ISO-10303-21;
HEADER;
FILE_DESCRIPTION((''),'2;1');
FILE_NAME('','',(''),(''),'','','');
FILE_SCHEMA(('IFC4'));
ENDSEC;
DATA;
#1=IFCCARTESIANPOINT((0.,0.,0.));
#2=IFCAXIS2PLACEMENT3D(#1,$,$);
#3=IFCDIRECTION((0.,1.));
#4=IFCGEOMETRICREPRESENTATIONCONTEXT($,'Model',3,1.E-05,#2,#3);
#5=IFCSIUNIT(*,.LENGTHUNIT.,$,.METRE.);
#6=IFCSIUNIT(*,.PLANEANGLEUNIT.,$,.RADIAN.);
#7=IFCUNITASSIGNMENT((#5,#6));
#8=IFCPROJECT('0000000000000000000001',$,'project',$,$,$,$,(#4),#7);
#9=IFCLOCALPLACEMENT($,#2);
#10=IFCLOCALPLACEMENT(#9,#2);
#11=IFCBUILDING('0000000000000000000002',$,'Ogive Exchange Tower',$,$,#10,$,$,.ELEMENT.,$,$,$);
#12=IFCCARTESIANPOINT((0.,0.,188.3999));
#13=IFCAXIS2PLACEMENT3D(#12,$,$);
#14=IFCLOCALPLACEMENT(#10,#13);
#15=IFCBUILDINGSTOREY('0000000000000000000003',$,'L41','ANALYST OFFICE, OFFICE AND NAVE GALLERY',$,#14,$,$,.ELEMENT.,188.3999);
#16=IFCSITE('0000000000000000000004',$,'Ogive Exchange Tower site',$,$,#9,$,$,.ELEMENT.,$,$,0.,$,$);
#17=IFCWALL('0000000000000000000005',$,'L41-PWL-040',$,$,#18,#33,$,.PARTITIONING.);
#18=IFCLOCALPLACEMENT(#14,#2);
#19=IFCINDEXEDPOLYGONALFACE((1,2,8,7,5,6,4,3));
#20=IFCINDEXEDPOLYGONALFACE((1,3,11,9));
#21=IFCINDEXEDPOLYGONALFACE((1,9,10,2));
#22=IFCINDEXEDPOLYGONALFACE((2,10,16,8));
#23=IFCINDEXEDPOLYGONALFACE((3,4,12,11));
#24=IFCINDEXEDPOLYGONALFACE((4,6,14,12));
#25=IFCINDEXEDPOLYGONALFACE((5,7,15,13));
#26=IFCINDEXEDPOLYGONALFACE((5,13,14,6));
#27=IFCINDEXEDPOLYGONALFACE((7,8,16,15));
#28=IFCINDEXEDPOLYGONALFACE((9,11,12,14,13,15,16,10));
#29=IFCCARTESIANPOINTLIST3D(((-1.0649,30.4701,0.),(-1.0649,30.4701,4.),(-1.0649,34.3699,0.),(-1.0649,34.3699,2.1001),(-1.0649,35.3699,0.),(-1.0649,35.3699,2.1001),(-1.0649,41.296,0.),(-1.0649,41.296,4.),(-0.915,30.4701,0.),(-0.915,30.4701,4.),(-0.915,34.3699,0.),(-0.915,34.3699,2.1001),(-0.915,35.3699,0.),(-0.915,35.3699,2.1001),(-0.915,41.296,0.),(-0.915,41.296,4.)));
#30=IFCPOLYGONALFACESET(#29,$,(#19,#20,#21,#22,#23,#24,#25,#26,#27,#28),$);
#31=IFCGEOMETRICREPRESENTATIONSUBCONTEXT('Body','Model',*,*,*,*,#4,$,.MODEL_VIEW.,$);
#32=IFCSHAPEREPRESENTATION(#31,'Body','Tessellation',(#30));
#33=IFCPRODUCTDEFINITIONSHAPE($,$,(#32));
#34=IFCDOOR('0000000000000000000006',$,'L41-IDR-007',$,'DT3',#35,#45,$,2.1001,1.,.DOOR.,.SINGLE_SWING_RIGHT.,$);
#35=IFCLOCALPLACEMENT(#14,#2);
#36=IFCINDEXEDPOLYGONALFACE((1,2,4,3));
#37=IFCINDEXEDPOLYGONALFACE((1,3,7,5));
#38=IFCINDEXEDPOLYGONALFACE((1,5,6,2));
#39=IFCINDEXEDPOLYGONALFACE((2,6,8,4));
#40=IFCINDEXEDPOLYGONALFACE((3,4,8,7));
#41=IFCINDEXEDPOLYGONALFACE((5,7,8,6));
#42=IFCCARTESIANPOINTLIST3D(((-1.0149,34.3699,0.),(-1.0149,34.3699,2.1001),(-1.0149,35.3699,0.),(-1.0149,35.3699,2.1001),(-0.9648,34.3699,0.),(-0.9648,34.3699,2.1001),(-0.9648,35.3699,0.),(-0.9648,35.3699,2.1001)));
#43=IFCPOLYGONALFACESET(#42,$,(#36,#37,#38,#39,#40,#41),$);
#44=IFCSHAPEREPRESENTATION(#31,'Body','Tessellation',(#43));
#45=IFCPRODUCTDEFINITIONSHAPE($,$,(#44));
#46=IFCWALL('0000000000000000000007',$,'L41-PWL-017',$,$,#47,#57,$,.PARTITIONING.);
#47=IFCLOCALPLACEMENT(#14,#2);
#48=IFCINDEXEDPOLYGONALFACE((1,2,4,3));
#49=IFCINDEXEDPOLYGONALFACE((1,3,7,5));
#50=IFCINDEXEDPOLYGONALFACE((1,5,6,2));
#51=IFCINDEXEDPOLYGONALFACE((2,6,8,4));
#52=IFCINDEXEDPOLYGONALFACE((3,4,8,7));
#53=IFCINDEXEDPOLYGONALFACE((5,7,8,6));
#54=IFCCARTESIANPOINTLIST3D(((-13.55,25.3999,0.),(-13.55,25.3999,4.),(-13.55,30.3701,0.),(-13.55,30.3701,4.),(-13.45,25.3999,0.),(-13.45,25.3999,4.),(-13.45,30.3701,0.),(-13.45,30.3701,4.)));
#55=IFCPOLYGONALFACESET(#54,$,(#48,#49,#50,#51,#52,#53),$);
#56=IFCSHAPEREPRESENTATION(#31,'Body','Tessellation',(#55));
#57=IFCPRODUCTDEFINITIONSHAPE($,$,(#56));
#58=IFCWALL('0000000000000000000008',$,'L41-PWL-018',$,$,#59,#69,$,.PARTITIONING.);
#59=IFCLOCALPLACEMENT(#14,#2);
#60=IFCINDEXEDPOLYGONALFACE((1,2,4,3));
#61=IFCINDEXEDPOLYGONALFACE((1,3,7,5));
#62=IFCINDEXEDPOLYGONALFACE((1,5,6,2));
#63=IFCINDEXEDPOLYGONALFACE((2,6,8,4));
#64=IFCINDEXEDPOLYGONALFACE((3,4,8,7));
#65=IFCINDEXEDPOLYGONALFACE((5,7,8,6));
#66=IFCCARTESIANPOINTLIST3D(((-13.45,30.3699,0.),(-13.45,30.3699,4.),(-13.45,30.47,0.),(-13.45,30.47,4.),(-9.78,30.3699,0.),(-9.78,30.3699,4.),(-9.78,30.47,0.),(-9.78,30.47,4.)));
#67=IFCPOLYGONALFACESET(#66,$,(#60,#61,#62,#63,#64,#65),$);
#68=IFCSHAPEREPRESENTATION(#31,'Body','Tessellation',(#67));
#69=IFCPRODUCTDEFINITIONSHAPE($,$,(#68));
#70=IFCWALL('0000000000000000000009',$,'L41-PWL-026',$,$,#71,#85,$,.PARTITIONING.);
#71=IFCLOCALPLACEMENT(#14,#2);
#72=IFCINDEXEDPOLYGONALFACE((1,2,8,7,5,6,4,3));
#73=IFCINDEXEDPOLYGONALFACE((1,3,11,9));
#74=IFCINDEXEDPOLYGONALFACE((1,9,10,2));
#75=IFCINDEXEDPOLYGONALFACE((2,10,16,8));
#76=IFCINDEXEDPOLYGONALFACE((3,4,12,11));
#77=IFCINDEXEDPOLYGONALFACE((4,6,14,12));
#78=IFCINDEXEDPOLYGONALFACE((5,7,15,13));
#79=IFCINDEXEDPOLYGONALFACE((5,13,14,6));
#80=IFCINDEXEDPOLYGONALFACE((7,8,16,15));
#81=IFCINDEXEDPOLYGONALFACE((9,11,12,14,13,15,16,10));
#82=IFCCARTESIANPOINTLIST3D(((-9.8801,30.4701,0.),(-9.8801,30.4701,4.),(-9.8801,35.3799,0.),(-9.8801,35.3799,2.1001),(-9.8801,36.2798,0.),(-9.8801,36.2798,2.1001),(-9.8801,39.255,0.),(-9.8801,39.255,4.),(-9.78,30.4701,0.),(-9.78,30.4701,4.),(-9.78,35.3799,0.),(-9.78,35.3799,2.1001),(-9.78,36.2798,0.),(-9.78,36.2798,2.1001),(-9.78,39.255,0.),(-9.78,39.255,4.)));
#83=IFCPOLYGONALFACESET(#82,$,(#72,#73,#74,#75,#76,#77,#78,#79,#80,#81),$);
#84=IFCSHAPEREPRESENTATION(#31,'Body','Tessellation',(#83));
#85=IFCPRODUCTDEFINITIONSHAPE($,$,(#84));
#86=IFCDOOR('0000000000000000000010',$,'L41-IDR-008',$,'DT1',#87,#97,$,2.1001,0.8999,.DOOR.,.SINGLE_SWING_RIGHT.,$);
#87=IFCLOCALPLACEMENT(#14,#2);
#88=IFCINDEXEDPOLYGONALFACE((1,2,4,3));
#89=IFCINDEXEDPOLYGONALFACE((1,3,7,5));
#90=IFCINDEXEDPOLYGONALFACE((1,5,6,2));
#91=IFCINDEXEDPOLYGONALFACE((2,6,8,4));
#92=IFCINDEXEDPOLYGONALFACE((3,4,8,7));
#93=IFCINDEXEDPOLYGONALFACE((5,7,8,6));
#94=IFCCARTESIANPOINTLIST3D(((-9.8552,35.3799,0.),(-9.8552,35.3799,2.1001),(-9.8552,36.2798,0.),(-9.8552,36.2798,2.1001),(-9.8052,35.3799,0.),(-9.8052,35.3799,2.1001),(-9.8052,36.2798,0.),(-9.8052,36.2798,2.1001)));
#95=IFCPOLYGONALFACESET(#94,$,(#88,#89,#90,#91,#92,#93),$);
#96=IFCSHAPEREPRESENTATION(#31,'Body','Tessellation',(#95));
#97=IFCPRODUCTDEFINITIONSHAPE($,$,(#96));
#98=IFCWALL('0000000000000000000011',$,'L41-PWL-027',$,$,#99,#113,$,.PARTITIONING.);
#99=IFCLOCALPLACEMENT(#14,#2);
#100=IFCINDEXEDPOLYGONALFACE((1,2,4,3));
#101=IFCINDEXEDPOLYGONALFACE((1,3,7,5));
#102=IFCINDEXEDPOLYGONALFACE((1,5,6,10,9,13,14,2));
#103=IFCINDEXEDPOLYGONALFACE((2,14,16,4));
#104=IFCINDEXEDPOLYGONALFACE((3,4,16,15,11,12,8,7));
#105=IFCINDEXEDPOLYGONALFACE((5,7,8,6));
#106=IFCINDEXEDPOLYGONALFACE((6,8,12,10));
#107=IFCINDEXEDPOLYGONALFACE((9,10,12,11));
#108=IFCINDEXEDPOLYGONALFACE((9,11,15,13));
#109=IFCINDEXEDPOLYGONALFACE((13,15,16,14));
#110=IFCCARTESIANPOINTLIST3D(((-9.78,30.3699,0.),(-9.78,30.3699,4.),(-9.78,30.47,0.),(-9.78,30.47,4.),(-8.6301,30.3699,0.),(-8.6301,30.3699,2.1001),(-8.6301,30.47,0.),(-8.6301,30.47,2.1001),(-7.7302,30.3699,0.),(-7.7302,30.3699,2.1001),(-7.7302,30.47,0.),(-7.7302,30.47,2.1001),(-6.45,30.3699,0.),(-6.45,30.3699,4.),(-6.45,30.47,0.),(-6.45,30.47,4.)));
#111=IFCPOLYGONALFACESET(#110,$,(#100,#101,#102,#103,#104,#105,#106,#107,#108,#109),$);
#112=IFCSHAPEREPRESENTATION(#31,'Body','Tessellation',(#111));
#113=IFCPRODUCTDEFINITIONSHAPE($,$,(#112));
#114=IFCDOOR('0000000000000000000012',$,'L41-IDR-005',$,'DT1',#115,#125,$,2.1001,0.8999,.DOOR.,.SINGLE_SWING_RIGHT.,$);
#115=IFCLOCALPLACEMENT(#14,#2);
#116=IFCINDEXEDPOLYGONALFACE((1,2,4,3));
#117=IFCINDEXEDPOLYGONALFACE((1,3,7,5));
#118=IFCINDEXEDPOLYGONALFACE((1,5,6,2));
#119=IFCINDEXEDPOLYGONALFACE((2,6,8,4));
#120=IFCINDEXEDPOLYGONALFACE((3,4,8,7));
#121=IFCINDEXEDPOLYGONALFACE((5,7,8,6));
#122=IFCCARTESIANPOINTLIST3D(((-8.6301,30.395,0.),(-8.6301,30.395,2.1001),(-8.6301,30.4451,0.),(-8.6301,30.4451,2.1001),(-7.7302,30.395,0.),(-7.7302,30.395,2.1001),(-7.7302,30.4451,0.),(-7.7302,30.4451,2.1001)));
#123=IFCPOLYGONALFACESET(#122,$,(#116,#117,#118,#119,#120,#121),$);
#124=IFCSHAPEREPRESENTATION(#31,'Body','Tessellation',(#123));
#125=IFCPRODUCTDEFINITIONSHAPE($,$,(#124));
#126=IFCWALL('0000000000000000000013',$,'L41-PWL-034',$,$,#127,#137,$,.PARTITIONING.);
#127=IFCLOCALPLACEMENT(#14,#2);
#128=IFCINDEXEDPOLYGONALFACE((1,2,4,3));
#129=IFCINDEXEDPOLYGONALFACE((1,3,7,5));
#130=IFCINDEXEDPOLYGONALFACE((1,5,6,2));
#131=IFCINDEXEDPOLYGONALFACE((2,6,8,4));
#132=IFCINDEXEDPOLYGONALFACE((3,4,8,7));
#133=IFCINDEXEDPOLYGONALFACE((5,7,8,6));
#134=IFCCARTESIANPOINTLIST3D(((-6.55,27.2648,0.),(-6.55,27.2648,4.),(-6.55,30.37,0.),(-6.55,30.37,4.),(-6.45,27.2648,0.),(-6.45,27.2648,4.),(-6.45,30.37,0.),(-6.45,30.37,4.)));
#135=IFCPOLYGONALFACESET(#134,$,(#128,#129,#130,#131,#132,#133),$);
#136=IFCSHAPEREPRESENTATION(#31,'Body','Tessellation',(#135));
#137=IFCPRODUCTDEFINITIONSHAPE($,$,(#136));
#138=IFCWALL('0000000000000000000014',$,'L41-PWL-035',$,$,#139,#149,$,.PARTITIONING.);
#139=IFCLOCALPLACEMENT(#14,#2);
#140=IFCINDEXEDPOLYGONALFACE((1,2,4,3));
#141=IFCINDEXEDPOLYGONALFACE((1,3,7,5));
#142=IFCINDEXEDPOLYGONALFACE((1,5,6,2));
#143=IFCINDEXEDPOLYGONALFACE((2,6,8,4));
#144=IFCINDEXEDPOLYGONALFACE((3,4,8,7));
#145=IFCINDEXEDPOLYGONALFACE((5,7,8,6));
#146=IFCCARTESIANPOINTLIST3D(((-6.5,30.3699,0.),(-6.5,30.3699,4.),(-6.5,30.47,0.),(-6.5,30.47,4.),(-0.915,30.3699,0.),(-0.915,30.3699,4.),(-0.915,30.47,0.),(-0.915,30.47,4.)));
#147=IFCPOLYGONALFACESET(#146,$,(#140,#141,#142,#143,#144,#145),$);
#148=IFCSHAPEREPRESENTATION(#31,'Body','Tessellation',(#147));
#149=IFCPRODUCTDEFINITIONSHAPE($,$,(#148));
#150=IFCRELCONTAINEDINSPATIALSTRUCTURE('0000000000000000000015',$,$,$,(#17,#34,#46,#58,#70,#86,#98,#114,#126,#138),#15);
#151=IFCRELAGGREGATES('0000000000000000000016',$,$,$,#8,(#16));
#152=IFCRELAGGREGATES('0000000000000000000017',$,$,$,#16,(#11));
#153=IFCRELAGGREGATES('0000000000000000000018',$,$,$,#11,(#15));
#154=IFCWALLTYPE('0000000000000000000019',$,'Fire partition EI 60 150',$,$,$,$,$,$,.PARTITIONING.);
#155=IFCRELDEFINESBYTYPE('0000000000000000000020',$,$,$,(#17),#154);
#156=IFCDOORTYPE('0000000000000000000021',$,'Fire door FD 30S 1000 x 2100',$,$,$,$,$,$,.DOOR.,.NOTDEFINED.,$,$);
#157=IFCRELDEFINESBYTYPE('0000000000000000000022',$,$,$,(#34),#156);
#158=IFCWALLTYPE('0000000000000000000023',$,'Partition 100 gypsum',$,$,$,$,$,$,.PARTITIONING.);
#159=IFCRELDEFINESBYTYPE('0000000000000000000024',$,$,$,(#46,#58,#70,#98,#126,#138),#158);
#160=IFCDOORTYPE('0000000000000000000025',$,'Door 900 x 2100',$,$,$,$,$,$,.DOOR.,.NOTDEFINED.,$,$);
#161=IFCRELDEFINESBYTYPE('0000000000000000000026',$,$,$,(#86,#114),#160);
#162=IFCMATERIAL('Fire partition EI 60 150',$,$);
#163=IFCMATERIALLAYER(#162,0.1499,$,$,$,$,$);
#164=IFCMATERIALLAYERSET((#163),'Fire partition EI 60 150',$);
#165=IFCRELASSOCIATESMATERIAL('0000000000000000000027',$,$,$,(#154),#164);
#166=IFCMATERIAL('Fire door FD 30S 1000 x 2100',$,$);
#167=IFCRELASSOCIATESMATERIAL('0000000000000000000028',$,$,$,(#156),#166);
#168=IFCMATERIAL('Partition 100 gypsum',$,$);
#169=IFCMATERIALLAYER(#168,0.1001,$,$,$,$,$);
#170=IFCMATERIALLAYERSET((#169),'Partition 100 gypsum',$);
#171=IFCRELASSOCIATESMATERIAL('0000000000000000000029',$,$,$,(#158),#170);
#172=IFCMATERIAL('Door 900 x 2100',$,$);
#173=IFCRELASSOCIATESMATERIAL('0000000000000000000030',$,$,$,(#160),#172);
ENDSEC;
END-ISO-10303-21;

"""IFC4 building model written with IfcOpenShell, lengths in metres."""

from ifc_helpers import new_model, si_unit, direction, frame, frame_2d, origin, place, context, subcontext, project, spatial, rectangle, extrude, material, layer, layer_set, type_object, element, fill, save


model = new_model("IFC4")

# Units and contexts
model_context = context("Model", 3, precision=1e-05, world=origin(), true_north=direction((0.0, 1.0)))
body_context = subcontext(model_context, "Body", "Model", "MODEL_VIEW")
ifc_project = project(units=[si_unit("LENGTHUNIT", "METRE"), si_unit("PLANEANGLEUNIT", "RADIAN")], contexts=[model_context])

# Site, building, storey
site_placement = place(None, origin())
site = spatial("IfcSite", under=ifc_project, at=site_placement, Name="Ogive Exchange Tower site", CompositionType="ELEMENT", RefElevation=0.0)
building_placement = place(site_placement, origin())
building = spatial("IfcBuilding", under=site, at=building_placement, Name="Ogive Exchange Tower", CompositionType="ELEMENT")
storey_placement = place(building_placement, frame((0.0, 0.0, 188.3999)))
storey = spatial("IfcBuildingStorey", under=building, at=storey_placement, Name="L41", Description="ANALYST OFFICE, OFFICE AND NAVE GALLERY", CompositionType="ELEMENT", Elevation=188.3999)

# Shared definitions
ifc_material_1 = material(Name="Fire partition EI 60 150")
ifc_layer_1 = layer(ifc_material_1, 0.1499)
ifc_layer_set_1 = layer_set([ifc_layer_1], Name="Fire partition EI 60 150")
wall_type_1 = type_object("IfcWallType", Name="Fire partition EI 60 150", PredefinedType="PARTITIONING", material=ifc_layer_set_1)

# Wall, opening, door
wall_1_placement = place(storey_placement, frame((-0.99, 30.47, 0.0), z_axis=(0.0, 0.0, 1.0), x_axis=(0.0, 1.0, 0.0)))
wall_1 = element("IfcWall", 1, at=wall_1_placement, inside=storey, type_object=wall_type_1, Name="L41-PWL-040", PredefinedType="PARTITIONING", context=body_context, shape_type="SweptSolid", body=[
    extrude(rectangle(XDim=10.8259, YDim=0.1499, at=frame_2d((5.4131, 0.0))), origin(), (0.0, 0.0, 1.0), 4.0),
])
opening_1_placement = place(wall_1_placement, frame((3.8999, 0.0, 0.0)))
opening_1 = element("IfcOpeningElement", 2, at=opening_1_placement, cuts=wall_1, PredefinedType="OPENING", context=body_context, shape_type="SweptSolid", body=[
    extrude(rectangle(XDim=1.0, YDim=2.1001, at=frame_2d((0.5, 1.05))), frame((0.0, 0.085, 0.0), z_axis=(0.0, -1.0, 0.0), x_axis=(1.0, 0.0, 0.0)), (0.0, 0.0, 1.0), 0.1699),
])
ifc_material_2 = material(Name="Fire door FD 30S 1000 x 2100")
door_type_1 = type_object("IfcDoorType", Name="Fire door FD 30S 1000 x 2100", OperationType="NOTDEFINED", PredefinedType="DOOR", material=ifc_material_2)
door_1_placement = place(opening_1_placement, origin())
door_1 = element("IfcDoor", 3, at=door_1_placement, inside=storey, type_object=door_type_1, Name="L41-IDR-007", ObjectType="DT3", OperationType="SINGLE_SWING_RIGHT", OverallHeight=2.1001, OverallWidth=1.0, PredefinedType="DOOR", context=body_context, shape_type="SweptSolid", body=[
    extrude(rectangle(XDim=1.0, YDim=2.1001, at=frame_2d((0.5, 1.05))), frame((0.0, 0.0249, 0.0), z_axis=(0.0, -1.0, 0.0), x_axis=(1.0, 0.0, 0.0)), (0.0, 0.0, 1.0), 0.05),
])
fill(opening_1, door_1)

# Walls
ifc_material_3 = material(Name="Partition 100 gypsum")
ifc_layer_2 = layer(ifc_material_3, 0.1001)
ifc_layer_set_2 = layer_set([ifc_layer_2], Name="Partition 100 gypsum")
wall_type_2 = type_object("IfcWallType", Name="Partition 100 gypsum", PredefinedType="PARTITIONING", material=ifc_layer_set_2)
wall_2_placement = place(storey_placement, frame((-13.5, 30.3701, 0.0), z_axis=(0.0, 0.0, 1.0), x_axis=(0.0, -1.0, 0.0)))
element("IfcWall", 4, at=wall_2_placement, inside=storey, type_object=wall_type_2, Name="L41-PWL-017", PredefinedType="PARTITIONING", context=body_context, shape_type="SweptSolid", body=[
    extrude(rectangle(XDim=4.9702, YDim=0.1001, at=frame_2d((2.4851, 0.0))), origin(), (0.0, 0.0, 1.0), 4.0),
])
wall_3_placement = place(storey_placement, frame((-13.45, 30.4199, 0.0), z_axis=(0.0, 0.0, 1.0), x_axis=(1.0, 0.0, 0.0)))
element("IfcWall", 5, at=wall_3_placement, inside=storey, type_object=wall_type_2, Name="L41-PWL-018", PredefinedType="PARTITIONING", context=body_context, shape_type="SweptSolid", body=[
    extrude(rectangle(XDim=3.6699, YDim=0.1001, at=frame_2d((1.835, 0.0))), origin(), (0.0, 0.0, 1.0), 4.0),
])

# Walls, openings, doors
wall_4_placement = place(storey_placement, frame((-9.8301, 30.47, 0.0), z_axis=(0.0, 0.0, 1.0), x_axis=(0.0, 1.0, 0.0)))
wall_4 = element("IfcWall", 6, at=wall_4_placement, inside=storey, type_object=wall_type_2, Name="L41-PWL-026", PredefinedType="PARTITIONING", context=body_context, shape_type="SweptSolid", body=[
    extrude(rectangle(XDim=8.7849, YDim=0.1001, at=frame_2d((4.3926, 0.0))), origin(), (0.0, 0.0, 1.0), 4.0),
])
opening_2_placement = place(wall_4_placement, frame((4.9099, 0.0, 0.0)))
opening_2 = element("IfcOpeningElement", 7, at=opening_2_placement, cuts=wall_4, PredefinedType="OPENING", context=body_context, shape_type="SweptSolid", body=[
    extrude(rectangle(XDim=0.8999, YDim=2.1001, at=frame_2d((0.45, 1.05))), frame((0.0, 0.0601, 0.0), z_axis=(0.0, -1.0, 0.0), x_axis=(1.0, 0.0, 0.0)), (0.0, 0.0, 1.0), 0.1201),
])
ifc_material_4 = material(Name="Door 900 x 2100")
door_type_2 = type_object("IfcDoorType", Name="Door 900 x 2100", OperationType="NOTDEFINED", PredefinedType="DOOR", material=ifc_material_4)
door_2_placement = place(opening_2_placement, frame((0.8999, 0.0, 0.0), z_axis=(0.0, 0.0, 1.0), x_axis=(-1.0, 0.0, 0.0)))
door_2 = element("IfcDoor", 8, at=door_2_placement, inside=storey, type_object=door_type_2, Name="L41-IDR-008", ObjectType="DT1", OperationType="SINGLE_SWING_RIGHT", OverallHeight=2.1001, OverallWidth=0.8999, PredefinedType="DOOR", context=body_context, shape_type="SweptSolid", body=[
    extrude(rectangle(XDim=0.8999, YDim=2.1001, at=frame_2d((0.45, 1.05))), frame((0.0, 0.0249, 0.0), z_axis=(0.0, -1.0, 0.0), x_axis=(1.0, 0.0, 0.0)), (0.0, 0.0, 1.0), 0.05),
])
fill(opening_2, door_2)
wall_5_placement = place(storey_placement, frame((-9.78, 30.4199, 0.0), z_axis=(0.0, 0.0, 1.0), x_axis=(1.0, 0.0, 0.0)))
wall_5 = element("IfcWall", 9, at=wall_5_placement, inside=storey, type_object=wall_type_2, Name="L41-PWL-027", PredefinedType="PARTITIONING", context=body_context, shape_type="SweptSolid", body=[
    extrude(rectangle(XDim=3.3301, YDim=0.1001, at=frame_2d((1.665, 0.0))), origin(), (0.0, 0.0, 1.0), 4.0),
])
opening_3_placement = place(wall_5_placement, frame((1.1499, 0.0, 0.0)))
opening_3 = element("IfcOpeningElement", 10, at=opening_3_placement, cuts=wall_5, PredefinedType="OPENING", context=body_context, shape_type="SweptSolid", body=[
    extrude(rectangle(XDim=0.8999, YDim=2.1001, at=frame_2d((0.45, 1.05))), frame((0.0, 0.0601, 0.0), z_axis=(0.0, -1.0, 0.0), x_axis=(1.0, 0.0, 0.0)), (0.0, 0.0, 1.0), 0.1201),
])
door_3_placement = place(opening_3_placement, frame((0.8999, 0.0, 0.0), z_axis=(0.0, 0.0, 1.0), x_axis=(-1.0, 0.0, 0.0)))
door_3 = element("IfcDoor", 11, at=door_3_placement, inside=storey, type_object=door_type_2, Name="L41-IDR-005", ObjectType="DT1", OperationType="SINGLE_SWING_RIGHT", OverallHeight=2.1001, OverallWidth=0.8999, PredefinedType="DOOR", context=body_context, shape_type="SweptSolid", body=[
    extrude(rectangle(XDim=0.8999, YDim=2.1001, at=frame_2d((0.45, 1.05))), frame((0.0, 0.0249, 0.0), z_axis=(0.0, -1.0, 0.0), x_axis=(1.0, 0.0, 0.0)), (0.0, 0.0, 1.0), 0.05),
])
fill(opening_3, door_3)

# Walls
wall_6_placement = place(storey_placement, frame((-6.5, 30.3701, 0.0), z_axis=(0.0, 0.0, 1.0), x_axis=(0.0, -1.0, 0.0)))
element("IfcWall", 12, at=wall_6_placement, inside=storey, type_object=wall_type_2, Name="L41-PWL-034", PredefinedType="PARTITIONING", context=body_context, shape_type="SweptSolid", body=[
    extrude(rectangle(XDim=3.1052, YDim=0.1001, at=frame_2d((1.5527, 0.0))), origin(), (0.0, 0.0, 1.0), 4.0),
])
wall_7_placement = place(storey_placement, frame((-6.5, 30.4199, 0.0), z_axis=(0.0, 0.0, 1.0), x_axis=(1.0, 0.0, 0.0)))
element("IfcWall", 13, at=wall_7_placement, inside=storey, type_object=wall_type_2, Name="L41-PWL-035", PredefinedType="PARTITIONING", context=body_context, shape_type="SweptSolid", body=[
    extrude(rectangle(XDim=5.585, YDim=0.1001, at=frame_2d((2.7925, 0.0))), origin(), (0.0, 0.0, 1.0), 4.0),
])

save(model, "model.ifc")
